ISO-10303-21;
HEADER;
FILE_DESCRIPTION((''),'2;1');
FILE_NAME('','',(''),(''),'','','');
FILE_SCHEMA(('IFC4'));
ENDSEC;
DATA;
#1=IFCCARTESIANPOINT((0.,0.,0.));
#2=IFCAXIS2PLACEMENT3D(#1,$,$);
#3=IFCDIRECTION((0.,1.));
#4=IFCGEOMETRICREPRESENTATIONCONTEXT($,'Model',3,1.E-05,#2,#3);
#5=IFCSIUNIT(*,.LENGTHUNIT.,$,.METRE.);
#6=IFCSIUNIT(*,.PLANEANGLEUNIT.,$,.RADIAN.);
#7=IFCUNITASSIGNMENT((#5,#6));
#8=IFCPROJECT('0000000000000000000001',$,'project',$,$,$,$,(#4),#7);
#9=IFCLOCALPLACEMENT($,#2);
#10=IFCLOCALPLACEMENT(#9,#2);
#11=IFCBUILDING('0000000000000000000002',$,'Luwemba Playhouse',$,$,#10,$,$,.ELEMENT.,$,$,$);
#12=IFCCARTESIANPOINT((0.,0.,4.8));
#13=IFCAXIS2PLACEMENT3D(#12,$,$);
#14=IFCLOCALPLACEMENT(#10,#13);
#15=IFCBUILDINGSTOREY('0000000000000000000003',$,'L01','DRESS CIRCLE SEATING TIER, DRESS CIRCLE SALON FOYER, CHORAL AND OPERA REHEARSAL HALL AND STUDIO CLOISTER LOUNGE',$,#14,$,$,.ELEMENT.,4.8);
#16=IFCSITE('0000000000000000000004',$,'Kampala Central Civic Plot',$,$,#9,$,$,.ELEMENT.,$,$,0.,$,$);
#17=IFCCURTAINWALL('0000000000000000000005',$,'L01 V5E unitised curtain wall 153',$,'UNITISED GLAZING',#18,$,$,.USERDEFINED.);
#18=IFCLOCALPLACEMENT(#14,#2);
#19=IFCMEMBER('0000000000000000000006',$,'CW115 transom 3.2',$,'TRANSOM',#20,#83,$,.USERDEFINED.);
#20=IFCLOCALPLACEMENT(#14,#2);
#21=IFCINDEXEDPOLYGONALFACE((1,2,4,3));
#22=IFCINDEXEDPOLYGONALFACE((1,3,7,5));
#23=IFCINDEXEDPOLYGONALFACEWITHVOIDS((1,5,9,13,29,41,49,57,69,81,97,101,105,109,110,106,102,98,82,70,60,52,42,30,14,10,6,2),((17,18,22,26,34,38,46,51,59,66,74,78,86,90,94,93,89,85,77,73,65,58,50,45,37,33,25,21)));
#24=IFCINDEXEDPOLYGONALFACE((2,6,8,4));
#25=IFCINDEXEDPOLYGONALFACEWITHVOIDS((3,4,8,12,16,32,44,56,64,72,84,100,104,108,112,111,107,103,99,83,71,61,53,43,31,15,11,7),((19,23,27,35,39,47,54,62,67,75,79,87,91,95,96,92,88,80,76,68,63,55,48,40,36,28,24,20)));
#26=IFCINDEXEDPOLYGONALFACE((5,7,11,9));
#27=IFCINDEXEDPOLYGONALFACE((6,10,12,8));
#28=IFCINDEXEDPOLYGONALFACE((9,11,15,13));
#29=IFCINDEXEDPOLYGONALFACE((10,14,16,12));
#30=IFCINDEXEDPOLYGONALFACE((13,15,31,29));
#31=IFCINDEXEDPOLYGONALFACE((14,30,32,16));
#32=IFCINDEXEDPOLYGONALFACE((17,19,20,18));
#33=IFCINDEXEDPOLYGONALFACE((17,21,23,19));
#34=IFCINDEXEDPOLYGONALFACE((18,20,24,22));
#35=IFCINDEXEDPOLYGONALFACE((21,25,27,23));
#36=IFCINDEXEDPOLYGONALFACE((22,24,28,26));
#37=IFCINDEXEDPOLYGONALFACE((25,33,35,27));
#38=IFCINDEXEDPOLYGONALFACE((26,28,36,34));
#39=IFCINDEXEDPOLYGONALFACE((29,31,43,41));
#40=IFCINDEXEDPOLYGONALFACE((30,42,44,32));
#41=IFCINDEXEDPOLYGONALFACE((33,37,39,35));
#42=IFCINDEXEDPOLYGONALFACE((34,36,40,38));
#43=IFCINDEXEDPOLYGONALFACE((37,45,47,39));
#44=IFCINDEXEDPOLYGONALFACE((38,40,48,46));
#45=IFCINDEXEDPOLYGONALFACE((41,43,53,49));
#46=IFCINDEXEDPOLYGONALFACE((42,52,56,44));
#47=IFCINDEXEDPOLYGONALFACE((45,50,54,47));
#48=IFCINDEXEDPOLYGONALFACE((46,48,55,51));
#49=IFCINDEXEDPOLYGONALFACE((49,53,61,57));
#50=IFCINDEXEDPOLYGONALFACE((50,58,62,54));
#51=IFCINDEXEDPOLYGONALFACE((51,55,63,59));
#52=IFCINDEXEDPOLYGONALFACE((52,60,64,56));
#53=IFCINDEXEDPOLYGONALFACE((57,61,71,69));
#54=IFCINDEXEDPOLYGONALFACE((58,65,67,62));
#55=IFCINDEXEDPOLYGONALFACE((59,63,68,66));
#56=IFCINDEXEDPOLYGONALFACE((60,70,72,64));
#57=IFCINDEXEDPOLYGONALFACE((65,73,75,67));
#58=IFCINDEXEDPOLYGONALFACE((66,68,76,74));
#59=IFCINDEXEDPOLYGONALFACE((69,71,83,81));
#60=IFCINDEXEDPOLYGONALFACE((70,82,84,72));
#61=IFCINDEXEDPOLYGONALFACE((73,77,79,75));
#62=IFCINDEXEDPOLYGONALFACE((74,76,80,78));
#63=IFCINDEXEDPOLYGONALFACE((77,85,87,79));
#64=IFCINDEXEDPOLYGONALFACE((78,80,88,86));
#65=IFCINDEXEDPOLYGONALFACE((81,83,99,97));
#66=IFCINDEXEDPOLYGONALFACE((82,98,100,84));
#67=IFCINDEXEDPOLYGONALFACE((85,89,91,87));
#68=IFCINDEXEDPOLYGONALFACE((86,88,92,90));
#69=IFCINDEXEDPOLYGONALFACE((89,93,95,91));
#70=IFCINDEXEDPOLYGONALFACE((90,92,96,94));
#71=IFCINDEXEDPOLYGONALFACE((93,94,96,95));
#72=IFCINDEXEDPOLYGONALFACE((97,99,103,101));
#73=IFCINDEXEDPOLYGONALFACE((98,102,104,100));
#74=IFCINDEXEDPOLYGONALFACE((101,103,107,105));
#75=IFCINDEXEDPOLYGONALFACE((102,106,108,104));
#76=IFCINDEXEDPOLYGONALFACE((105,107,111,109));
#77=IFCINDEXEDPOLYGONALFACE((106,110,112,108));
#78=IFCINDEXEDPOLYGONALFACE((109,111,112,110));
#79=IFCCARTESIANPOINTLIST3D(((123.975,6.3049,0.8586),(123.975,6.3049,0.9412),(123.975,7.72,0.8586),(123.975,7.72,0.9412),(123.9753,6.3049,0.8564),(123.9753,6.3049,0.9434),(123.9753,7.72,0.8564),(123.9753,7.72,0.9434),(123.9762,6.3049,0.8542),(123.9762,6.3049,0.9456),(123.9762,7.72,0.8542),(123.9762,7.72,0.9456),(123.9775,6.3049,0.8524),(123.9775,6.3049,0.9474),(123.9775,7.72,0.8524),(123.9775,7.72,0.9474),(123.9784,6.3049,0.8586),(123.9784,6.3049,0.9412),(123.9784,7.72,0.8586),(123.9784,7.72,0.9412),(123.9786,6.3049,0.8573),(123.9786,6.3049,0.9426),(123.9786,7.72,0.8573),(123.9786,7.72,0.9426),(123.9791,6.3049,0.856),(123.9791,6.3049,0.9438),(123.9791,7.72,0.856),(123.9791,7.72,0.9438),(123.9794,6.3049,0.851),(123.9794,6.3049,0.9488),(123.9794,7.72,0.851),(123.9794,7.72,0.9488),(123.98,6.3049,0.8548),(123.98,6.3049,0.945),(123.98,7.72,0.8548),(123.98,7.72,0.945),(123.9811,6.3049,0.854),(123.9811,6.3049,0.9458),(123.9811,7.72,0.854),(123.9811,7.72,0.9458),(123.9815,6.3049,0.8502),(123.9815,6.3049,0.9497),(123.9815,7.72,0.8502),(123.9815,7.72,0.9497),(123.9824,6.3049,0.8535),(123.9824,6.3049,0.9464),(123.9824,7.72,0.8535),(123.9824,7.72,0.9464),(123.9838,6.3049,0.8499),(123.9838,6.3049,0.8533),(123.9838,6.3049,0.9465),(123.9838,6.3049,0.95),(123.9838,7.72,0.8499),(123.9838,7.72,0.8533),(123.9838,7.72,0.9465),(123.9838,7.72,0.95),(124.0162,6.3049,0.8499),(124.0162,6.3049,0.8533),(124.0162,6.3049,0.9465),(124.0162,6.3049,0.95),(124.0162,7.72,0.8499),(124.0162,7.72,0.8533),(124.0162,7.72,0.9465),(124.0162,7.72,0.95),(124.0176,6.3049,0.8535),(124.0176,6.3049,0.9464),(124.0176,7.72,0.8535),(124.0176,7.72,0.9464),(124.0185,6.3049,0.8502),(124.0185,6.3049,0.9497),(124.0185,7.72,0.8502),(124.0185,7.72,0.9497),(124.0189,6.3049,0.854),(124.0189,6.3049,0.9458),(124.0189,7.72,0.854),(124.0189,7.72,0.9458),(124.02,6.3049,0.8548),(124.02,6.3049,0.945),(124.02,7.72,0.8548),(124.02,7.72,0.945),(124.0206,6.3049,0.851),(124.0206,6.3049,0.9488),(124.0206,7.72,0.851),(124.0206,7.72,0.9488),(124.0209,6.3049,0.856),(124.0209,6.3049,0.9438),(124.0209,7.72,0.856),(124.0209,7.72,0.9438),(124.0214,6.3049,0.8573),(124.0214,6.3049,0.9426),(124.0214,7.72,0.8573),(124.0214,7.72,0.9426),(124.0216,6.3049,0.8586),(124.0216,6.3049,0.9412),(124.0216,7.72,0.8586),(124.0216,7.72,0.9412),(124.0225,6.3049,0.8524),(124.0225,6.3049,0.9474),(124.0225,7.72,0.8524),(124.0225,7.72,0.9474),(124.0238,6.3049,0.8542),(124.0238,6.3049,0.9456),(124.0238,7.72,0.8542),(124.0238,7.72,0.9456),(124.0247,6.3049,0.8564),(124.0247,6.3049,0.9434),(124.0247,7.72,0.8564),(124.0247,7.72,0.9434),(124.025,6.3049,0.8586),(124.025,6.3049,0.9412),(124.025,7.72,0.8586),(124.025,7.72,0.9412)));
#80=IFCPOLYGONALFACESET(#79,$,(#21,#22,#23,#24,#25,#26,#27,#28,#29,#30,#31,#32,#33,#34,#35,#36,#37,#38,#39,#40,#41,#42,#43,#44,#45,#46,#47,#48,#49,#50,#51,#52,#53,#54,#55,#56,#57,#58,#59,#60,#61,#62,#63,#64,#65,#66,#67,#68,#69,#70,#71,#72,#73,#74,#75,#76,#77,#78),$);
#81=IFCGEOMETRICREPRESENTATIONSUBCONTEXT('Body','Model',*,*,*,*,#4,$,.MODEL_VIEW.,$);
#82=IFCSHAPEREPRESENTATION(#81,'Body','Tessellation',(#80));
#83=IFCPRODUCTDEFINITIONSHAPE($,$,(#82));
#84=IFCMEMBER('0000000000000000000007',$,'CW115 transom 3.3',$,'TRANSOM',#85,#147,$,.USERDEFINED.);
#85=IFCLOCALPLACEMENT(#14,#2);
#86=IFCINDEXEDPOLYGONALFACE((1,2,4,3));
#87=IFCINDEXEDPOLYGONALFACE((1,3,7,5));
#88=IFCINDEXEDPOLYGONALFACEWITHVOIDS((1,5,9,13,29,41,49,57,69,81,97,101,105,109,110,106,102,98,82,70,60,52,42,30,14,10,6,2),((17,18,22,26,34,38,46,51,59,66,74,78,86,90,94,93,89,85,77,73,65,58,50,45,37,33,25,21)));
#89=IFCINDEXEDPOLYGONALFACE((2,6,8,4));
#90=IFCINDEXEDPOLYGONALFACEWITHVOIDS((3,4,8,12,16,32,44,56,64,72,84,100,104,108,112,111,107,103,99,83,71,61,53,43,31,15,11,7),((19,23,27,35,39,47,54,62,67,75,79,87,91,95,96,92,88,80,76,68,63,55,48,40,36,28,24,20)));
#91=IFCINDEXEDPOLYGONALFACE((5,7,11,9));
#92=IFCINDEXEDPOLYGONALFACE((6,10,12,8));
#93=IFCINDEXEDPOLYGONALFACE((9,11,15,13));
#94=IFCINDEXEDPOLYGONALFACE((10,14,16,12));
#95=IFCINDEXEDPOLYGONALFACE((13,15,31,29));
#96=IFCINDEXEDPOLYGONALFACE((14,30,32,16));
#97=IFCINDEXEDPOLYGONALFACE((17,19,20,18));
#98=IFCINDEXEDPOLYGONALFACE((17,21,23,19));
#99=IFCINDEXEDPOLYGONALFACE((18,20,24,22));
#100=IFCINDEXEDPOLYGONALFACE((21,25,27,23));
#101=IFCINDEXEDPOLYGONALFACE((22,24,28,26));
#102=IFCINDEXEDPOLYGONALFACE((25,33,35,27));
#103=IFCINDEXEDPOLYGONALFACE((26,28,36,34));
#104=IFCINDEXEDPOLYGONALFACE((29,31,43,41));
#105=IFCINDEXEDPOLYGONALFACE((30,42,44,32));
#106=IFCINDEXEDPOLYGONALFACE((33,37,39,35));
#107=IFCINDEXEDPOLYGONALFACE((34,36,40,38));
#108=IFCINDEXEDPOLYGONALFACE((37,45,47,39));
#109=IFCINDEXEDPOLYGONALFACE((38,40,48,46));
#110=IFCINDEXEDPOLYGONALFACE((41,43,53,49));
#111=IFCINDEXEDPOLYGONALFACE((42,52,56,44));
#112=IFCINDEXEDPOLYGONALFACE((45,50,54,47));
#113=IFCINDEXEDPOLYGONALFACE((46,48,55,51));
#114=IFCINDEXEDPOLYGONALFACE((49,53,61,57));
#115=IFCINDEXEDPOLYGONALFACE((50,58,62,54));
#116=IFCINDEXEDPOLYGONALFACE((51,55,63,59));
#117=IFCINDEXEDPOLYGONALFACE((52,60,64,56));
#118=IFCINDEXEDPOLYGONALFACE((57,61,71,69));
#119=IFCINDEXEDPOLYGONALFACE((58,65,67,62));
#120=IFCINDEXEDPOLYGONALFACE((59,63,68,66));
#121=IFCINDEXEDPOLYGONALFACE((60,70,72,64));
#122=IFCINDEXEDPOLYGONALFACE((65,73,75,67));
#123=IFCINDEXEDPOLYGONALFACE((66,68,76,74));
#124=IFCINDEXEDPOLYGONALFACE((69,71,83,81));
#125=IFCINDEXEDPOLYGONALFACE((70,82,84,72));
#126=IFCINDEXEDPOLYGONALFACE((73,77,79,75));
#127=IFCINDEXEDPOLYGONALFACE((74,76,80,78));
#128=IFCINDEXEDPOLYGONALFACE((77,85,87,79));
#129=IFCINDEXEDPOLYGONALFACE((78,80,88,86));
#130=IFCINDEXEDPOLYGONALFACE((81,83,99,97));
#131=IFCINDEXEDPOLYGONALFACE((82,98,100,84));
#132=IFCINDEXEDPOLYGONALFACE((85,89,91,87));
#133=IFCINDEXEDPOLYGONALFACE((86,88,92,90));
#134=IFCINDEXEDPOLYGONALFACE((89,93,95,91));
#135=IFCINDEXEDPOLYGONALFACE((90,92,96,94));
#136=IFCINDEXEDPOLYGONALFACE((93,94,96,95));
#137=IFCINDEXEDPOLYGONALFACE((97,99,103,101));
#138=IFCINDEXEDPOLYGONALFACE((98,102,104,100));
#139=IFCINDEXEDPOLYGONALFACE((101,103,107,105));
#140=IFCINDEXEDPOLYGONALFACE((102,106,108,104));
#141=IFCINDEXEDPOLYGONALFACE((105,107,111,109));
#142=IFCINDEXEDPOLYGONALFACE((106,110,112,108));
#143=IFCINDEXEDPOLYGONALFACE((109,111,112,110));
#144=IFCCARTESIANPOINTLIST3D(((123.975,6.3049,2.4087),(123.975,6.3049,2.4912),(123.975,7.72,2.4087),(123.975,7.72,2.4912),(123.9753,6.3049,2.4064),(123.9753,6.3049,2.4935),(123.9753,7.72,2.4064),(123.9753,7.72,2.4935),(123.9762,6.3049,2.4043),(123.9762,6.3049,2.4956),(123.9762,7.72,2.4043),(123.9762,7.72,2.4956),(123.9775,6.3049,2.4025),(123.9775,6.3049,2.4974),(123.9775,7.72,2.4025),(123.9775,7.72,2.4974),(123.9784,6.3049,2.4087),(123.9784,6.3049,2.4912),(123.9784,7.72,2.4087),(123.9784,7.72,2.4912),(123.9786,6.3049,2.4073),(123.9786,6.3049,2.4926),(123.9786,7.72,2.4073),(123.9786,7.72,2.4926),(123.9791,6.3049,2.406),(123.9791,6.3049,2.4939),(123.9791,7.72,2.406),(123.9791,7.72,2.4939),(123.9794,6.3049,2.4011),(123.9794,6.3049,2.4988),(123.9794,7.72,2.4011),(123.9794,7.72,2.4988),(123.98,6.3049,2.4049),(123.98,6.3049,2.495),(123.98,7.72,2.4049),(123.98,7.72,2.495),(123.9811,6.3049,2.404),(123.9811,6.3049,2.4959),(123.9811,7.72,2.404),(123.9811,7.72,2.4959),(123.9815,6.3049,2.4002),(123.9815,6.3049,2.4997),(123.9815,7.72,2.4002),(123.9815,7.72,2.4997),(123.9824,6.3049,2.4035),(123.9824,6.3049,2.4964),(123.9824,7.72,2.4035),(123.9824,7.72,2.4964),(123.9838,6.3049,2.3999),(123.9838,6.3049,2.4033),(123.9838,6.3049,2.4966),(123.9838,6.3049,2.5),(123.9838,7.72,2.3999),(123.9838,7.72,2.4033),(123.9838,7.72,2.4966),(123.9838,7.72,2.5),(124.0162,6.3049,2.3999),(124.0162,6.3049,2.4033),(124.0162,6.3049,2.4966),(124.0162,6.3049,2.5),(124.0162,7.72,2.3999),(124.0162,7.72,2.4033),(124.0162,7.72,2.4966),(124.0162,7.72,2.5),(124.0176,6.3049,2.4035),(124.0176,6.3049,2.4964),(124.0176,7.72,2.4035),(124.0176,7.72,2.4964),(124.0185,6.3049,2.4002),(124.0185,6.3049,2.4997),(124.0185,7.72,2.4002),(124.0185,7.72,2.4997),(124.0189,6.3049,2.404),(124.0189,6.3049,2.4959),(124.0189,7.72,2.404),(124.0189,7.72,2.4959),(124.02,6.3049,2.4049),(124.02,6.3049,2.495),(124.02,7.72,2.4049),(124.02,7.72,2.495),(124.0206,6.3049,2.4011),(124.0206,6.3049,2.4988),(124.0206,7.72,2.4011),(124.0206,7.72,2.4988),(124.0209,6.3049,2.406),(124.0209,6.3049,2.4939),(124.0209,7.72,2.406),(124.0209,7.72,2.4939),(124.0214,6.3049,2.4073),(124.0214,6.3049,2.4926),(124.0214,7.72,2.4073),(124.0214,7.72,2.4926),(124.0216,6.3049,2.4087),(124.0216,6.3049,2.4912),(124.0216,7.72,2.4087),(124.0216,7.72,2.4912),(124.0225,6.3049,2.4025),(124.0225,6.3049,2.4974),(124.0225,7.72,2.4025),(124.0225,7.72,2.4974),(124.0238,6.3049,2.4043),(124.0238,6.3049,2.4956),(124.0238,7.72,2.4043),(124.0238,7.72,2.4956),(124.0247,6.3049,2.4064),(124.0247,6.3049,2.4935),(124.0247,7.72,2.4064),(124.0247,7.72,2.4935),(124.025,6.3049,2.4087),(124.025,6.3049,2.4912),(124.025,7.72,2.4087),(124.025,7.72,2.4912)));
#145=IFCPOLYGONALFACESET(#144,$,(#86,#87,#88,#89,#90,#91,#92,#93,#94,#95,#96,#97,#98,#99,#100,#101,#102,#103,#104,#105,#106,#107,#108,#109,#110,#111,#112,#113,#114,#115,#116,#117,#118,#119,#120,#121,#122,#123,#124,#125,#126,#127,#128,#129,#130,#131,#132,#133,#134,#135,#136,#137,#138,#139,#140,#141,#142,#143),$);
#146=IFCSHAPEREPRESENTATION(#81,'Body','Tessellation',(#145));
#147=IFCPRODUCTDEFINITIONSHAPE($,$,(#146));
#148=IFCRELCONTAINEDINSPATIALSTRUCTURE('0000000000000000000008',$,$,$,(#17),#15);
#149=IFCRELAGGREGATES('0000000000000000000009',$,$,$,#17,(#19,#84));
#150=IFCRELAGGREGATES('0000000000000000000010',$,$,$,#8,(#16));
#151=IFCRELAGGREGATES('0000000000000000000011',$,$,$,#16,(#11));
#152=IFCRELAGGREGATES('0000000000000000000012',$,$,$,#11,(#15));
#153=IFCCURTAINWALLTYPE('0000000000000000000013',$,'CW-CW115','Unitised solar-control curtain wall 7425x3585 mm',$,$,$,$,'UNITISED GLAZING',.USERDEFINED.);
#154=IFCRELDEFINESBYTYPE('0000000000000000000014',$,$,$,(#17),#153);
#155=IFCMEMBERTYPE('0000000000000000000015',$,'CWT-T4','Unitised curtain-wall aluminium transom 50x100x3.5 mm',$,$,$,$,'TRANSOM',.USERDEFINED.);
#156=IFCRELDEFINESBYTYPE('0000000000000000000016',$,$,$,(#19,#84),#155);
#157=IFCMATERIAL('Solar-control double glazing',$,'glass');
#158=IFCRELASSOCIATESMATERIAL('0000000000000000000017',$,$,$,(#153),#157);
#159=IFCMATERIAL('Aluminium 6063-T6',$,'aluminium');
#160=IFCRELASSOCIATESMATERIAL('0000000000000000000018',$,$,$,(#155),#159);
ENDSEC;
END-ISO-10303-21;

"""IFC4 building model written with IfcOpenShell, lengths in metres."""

from ifc_helpers import new_model, si_unit, direction, frame, origin, origin_2d, place, context, subcontext, project, spatial, hollow_rectangle, extrude, material, material_profile, profile_set, type_object, element, aggregate, save


model = new_model("IFC4")

# Units and contexts
model_context = context("Model", 3, precision=1e-05, world=origin(), true_north=direction((0.0, 1.0)))
body_context = subcontext(model_context, "Body", "Model", "MODEL_VIEW")
ifc_project = project(units=[si_unit("LENGTHUNIT", "METRE"), si_unit("PLANEANGLEUNIT", "RADIAN")], contexts=[model_context])

# Site, building, storey
site_placement = place(None, origin())
site = spatial("IfcSite", under=ifc_project, at=site_placement, Name="Kampala Central Civic Plot", CompositionType="ELEMENT", RefElevation=0.0)
building_placement = place(site_placement, origin())
building = spatial("IfcBuilding", under=site, at=building_placement, Name="Luwemba Playhouse", CompositionType="ELEMENT")
storey_placement = place(building_placement, frame((0.0, 0.0, 4.8)))
storey = spatial("IfcBuildingStorey", under=building, at=storey_placement, Name="L01", Description="DRESS CIRCLE SEATING TIER, DRESS CIRCLE SALON FOYER, CHORAL AND OPERA REHEARSAL HALL AND STUDIO CLOISTER LOUNGE", CompositionType="ELEMENT", Elevation=4.8)

# Curtain wall, members
ifc_material_1 = material(Name="Solar-control double glazing", Category="glass")
curtain_wall_type = type_object("IfcCurtainWallType", Name="CW-CW115", Description="Unitised solar-control curtain wall 7425x3585 mm", ElementType="UNITISED GLAZING", PredefinedType="USERDEFINED", material=ifc_material_1)
curtain_wall_placement = place(storey_placement, origin())
curtain_wall = element("IfcCurtainWall", 1, at=curtain_wall_placement, inside=storey, type_object=curtain_wall_type, Name="L01 V5E unitised curtain wall 153", ObjectType="UNITISED GLAZING", PredefinedType="USERDEFINED")
ifc_material_2 = material(Name="Aluminium 6063-T6", Category="aluminium")
ifc_material_profile_1 = material_profile(ifc_material_2, hollow_rectangle(XDim=0.05, YDim=0.1001, WallThickness=0.0034, InnerFilletRadius=0.0054, OuterFilletRadius=0.0088, at=origin_2d()))
ifc_profile_set_1 = profile_set([ifc_material_profile_1], Name="Aluminium 6063-T6")
member_type_1 = type_object("IfcMemberType", Name="CWT-T4", Description="Unitised curtain-wall aluminium transom 50x100x3.5 mm", ElementType="TRANSOM", PredefinedType="USERDEFINED", material=ifc_profile_set_1)
member_1_placement = place(storey_placement, frame((124.0, 6.3049, 0.8999), z_axis=(0.0, 1.0, 0.0), x_axis=(-1.0, 0.0, 0.0)))
member_1 = element("IfcMember", 2, at=member_1_placement, type_object=member_type_1, Name="CW115 transom 3.2", ObjectType="TRANSOM", PredefinedType="USERDEFINED", context=body_context, shape_type="SweptSolid", body=[
    extrude(hollow_rectangle(XDim=0.05, YDim=0.1001, WallThickness=0.0034, InnerFilletRadius=0.0054, OuterFilletRadius=0.0088, at=origin_2d()), origin(), (0.0, 0.0, 1.0), 1.415),
])
member_2_placement = place(storey_placement, frame((124.0, 6.3049, 2.45), z_axis=(0.0, 1.0, 0.0), x_axis=(-1.0, 0.0, 0.0)))
member_2 = element("IfcMember", 3, at=member_2_placement, type_object=member_type_1, Name="CW115 transom 3.3", ObjectType="TRANSOM", PredefinedType="USERDEFINED", context=body_context, shape_type="SweptSolid", body=[
    extrude(hollow_rectangle(XDim=0.05, YDim=0.1001, WallThickness=0.0034, InnerFilletRadius=0.0054, OuterFilletRadius=0.0088, at=origin_2d()), origin(), (0.0, 0.0, 1.0), 1.415),
])

aggregate(curtain_wall, [member_1, member_2])

save(model, "model.ifc")
